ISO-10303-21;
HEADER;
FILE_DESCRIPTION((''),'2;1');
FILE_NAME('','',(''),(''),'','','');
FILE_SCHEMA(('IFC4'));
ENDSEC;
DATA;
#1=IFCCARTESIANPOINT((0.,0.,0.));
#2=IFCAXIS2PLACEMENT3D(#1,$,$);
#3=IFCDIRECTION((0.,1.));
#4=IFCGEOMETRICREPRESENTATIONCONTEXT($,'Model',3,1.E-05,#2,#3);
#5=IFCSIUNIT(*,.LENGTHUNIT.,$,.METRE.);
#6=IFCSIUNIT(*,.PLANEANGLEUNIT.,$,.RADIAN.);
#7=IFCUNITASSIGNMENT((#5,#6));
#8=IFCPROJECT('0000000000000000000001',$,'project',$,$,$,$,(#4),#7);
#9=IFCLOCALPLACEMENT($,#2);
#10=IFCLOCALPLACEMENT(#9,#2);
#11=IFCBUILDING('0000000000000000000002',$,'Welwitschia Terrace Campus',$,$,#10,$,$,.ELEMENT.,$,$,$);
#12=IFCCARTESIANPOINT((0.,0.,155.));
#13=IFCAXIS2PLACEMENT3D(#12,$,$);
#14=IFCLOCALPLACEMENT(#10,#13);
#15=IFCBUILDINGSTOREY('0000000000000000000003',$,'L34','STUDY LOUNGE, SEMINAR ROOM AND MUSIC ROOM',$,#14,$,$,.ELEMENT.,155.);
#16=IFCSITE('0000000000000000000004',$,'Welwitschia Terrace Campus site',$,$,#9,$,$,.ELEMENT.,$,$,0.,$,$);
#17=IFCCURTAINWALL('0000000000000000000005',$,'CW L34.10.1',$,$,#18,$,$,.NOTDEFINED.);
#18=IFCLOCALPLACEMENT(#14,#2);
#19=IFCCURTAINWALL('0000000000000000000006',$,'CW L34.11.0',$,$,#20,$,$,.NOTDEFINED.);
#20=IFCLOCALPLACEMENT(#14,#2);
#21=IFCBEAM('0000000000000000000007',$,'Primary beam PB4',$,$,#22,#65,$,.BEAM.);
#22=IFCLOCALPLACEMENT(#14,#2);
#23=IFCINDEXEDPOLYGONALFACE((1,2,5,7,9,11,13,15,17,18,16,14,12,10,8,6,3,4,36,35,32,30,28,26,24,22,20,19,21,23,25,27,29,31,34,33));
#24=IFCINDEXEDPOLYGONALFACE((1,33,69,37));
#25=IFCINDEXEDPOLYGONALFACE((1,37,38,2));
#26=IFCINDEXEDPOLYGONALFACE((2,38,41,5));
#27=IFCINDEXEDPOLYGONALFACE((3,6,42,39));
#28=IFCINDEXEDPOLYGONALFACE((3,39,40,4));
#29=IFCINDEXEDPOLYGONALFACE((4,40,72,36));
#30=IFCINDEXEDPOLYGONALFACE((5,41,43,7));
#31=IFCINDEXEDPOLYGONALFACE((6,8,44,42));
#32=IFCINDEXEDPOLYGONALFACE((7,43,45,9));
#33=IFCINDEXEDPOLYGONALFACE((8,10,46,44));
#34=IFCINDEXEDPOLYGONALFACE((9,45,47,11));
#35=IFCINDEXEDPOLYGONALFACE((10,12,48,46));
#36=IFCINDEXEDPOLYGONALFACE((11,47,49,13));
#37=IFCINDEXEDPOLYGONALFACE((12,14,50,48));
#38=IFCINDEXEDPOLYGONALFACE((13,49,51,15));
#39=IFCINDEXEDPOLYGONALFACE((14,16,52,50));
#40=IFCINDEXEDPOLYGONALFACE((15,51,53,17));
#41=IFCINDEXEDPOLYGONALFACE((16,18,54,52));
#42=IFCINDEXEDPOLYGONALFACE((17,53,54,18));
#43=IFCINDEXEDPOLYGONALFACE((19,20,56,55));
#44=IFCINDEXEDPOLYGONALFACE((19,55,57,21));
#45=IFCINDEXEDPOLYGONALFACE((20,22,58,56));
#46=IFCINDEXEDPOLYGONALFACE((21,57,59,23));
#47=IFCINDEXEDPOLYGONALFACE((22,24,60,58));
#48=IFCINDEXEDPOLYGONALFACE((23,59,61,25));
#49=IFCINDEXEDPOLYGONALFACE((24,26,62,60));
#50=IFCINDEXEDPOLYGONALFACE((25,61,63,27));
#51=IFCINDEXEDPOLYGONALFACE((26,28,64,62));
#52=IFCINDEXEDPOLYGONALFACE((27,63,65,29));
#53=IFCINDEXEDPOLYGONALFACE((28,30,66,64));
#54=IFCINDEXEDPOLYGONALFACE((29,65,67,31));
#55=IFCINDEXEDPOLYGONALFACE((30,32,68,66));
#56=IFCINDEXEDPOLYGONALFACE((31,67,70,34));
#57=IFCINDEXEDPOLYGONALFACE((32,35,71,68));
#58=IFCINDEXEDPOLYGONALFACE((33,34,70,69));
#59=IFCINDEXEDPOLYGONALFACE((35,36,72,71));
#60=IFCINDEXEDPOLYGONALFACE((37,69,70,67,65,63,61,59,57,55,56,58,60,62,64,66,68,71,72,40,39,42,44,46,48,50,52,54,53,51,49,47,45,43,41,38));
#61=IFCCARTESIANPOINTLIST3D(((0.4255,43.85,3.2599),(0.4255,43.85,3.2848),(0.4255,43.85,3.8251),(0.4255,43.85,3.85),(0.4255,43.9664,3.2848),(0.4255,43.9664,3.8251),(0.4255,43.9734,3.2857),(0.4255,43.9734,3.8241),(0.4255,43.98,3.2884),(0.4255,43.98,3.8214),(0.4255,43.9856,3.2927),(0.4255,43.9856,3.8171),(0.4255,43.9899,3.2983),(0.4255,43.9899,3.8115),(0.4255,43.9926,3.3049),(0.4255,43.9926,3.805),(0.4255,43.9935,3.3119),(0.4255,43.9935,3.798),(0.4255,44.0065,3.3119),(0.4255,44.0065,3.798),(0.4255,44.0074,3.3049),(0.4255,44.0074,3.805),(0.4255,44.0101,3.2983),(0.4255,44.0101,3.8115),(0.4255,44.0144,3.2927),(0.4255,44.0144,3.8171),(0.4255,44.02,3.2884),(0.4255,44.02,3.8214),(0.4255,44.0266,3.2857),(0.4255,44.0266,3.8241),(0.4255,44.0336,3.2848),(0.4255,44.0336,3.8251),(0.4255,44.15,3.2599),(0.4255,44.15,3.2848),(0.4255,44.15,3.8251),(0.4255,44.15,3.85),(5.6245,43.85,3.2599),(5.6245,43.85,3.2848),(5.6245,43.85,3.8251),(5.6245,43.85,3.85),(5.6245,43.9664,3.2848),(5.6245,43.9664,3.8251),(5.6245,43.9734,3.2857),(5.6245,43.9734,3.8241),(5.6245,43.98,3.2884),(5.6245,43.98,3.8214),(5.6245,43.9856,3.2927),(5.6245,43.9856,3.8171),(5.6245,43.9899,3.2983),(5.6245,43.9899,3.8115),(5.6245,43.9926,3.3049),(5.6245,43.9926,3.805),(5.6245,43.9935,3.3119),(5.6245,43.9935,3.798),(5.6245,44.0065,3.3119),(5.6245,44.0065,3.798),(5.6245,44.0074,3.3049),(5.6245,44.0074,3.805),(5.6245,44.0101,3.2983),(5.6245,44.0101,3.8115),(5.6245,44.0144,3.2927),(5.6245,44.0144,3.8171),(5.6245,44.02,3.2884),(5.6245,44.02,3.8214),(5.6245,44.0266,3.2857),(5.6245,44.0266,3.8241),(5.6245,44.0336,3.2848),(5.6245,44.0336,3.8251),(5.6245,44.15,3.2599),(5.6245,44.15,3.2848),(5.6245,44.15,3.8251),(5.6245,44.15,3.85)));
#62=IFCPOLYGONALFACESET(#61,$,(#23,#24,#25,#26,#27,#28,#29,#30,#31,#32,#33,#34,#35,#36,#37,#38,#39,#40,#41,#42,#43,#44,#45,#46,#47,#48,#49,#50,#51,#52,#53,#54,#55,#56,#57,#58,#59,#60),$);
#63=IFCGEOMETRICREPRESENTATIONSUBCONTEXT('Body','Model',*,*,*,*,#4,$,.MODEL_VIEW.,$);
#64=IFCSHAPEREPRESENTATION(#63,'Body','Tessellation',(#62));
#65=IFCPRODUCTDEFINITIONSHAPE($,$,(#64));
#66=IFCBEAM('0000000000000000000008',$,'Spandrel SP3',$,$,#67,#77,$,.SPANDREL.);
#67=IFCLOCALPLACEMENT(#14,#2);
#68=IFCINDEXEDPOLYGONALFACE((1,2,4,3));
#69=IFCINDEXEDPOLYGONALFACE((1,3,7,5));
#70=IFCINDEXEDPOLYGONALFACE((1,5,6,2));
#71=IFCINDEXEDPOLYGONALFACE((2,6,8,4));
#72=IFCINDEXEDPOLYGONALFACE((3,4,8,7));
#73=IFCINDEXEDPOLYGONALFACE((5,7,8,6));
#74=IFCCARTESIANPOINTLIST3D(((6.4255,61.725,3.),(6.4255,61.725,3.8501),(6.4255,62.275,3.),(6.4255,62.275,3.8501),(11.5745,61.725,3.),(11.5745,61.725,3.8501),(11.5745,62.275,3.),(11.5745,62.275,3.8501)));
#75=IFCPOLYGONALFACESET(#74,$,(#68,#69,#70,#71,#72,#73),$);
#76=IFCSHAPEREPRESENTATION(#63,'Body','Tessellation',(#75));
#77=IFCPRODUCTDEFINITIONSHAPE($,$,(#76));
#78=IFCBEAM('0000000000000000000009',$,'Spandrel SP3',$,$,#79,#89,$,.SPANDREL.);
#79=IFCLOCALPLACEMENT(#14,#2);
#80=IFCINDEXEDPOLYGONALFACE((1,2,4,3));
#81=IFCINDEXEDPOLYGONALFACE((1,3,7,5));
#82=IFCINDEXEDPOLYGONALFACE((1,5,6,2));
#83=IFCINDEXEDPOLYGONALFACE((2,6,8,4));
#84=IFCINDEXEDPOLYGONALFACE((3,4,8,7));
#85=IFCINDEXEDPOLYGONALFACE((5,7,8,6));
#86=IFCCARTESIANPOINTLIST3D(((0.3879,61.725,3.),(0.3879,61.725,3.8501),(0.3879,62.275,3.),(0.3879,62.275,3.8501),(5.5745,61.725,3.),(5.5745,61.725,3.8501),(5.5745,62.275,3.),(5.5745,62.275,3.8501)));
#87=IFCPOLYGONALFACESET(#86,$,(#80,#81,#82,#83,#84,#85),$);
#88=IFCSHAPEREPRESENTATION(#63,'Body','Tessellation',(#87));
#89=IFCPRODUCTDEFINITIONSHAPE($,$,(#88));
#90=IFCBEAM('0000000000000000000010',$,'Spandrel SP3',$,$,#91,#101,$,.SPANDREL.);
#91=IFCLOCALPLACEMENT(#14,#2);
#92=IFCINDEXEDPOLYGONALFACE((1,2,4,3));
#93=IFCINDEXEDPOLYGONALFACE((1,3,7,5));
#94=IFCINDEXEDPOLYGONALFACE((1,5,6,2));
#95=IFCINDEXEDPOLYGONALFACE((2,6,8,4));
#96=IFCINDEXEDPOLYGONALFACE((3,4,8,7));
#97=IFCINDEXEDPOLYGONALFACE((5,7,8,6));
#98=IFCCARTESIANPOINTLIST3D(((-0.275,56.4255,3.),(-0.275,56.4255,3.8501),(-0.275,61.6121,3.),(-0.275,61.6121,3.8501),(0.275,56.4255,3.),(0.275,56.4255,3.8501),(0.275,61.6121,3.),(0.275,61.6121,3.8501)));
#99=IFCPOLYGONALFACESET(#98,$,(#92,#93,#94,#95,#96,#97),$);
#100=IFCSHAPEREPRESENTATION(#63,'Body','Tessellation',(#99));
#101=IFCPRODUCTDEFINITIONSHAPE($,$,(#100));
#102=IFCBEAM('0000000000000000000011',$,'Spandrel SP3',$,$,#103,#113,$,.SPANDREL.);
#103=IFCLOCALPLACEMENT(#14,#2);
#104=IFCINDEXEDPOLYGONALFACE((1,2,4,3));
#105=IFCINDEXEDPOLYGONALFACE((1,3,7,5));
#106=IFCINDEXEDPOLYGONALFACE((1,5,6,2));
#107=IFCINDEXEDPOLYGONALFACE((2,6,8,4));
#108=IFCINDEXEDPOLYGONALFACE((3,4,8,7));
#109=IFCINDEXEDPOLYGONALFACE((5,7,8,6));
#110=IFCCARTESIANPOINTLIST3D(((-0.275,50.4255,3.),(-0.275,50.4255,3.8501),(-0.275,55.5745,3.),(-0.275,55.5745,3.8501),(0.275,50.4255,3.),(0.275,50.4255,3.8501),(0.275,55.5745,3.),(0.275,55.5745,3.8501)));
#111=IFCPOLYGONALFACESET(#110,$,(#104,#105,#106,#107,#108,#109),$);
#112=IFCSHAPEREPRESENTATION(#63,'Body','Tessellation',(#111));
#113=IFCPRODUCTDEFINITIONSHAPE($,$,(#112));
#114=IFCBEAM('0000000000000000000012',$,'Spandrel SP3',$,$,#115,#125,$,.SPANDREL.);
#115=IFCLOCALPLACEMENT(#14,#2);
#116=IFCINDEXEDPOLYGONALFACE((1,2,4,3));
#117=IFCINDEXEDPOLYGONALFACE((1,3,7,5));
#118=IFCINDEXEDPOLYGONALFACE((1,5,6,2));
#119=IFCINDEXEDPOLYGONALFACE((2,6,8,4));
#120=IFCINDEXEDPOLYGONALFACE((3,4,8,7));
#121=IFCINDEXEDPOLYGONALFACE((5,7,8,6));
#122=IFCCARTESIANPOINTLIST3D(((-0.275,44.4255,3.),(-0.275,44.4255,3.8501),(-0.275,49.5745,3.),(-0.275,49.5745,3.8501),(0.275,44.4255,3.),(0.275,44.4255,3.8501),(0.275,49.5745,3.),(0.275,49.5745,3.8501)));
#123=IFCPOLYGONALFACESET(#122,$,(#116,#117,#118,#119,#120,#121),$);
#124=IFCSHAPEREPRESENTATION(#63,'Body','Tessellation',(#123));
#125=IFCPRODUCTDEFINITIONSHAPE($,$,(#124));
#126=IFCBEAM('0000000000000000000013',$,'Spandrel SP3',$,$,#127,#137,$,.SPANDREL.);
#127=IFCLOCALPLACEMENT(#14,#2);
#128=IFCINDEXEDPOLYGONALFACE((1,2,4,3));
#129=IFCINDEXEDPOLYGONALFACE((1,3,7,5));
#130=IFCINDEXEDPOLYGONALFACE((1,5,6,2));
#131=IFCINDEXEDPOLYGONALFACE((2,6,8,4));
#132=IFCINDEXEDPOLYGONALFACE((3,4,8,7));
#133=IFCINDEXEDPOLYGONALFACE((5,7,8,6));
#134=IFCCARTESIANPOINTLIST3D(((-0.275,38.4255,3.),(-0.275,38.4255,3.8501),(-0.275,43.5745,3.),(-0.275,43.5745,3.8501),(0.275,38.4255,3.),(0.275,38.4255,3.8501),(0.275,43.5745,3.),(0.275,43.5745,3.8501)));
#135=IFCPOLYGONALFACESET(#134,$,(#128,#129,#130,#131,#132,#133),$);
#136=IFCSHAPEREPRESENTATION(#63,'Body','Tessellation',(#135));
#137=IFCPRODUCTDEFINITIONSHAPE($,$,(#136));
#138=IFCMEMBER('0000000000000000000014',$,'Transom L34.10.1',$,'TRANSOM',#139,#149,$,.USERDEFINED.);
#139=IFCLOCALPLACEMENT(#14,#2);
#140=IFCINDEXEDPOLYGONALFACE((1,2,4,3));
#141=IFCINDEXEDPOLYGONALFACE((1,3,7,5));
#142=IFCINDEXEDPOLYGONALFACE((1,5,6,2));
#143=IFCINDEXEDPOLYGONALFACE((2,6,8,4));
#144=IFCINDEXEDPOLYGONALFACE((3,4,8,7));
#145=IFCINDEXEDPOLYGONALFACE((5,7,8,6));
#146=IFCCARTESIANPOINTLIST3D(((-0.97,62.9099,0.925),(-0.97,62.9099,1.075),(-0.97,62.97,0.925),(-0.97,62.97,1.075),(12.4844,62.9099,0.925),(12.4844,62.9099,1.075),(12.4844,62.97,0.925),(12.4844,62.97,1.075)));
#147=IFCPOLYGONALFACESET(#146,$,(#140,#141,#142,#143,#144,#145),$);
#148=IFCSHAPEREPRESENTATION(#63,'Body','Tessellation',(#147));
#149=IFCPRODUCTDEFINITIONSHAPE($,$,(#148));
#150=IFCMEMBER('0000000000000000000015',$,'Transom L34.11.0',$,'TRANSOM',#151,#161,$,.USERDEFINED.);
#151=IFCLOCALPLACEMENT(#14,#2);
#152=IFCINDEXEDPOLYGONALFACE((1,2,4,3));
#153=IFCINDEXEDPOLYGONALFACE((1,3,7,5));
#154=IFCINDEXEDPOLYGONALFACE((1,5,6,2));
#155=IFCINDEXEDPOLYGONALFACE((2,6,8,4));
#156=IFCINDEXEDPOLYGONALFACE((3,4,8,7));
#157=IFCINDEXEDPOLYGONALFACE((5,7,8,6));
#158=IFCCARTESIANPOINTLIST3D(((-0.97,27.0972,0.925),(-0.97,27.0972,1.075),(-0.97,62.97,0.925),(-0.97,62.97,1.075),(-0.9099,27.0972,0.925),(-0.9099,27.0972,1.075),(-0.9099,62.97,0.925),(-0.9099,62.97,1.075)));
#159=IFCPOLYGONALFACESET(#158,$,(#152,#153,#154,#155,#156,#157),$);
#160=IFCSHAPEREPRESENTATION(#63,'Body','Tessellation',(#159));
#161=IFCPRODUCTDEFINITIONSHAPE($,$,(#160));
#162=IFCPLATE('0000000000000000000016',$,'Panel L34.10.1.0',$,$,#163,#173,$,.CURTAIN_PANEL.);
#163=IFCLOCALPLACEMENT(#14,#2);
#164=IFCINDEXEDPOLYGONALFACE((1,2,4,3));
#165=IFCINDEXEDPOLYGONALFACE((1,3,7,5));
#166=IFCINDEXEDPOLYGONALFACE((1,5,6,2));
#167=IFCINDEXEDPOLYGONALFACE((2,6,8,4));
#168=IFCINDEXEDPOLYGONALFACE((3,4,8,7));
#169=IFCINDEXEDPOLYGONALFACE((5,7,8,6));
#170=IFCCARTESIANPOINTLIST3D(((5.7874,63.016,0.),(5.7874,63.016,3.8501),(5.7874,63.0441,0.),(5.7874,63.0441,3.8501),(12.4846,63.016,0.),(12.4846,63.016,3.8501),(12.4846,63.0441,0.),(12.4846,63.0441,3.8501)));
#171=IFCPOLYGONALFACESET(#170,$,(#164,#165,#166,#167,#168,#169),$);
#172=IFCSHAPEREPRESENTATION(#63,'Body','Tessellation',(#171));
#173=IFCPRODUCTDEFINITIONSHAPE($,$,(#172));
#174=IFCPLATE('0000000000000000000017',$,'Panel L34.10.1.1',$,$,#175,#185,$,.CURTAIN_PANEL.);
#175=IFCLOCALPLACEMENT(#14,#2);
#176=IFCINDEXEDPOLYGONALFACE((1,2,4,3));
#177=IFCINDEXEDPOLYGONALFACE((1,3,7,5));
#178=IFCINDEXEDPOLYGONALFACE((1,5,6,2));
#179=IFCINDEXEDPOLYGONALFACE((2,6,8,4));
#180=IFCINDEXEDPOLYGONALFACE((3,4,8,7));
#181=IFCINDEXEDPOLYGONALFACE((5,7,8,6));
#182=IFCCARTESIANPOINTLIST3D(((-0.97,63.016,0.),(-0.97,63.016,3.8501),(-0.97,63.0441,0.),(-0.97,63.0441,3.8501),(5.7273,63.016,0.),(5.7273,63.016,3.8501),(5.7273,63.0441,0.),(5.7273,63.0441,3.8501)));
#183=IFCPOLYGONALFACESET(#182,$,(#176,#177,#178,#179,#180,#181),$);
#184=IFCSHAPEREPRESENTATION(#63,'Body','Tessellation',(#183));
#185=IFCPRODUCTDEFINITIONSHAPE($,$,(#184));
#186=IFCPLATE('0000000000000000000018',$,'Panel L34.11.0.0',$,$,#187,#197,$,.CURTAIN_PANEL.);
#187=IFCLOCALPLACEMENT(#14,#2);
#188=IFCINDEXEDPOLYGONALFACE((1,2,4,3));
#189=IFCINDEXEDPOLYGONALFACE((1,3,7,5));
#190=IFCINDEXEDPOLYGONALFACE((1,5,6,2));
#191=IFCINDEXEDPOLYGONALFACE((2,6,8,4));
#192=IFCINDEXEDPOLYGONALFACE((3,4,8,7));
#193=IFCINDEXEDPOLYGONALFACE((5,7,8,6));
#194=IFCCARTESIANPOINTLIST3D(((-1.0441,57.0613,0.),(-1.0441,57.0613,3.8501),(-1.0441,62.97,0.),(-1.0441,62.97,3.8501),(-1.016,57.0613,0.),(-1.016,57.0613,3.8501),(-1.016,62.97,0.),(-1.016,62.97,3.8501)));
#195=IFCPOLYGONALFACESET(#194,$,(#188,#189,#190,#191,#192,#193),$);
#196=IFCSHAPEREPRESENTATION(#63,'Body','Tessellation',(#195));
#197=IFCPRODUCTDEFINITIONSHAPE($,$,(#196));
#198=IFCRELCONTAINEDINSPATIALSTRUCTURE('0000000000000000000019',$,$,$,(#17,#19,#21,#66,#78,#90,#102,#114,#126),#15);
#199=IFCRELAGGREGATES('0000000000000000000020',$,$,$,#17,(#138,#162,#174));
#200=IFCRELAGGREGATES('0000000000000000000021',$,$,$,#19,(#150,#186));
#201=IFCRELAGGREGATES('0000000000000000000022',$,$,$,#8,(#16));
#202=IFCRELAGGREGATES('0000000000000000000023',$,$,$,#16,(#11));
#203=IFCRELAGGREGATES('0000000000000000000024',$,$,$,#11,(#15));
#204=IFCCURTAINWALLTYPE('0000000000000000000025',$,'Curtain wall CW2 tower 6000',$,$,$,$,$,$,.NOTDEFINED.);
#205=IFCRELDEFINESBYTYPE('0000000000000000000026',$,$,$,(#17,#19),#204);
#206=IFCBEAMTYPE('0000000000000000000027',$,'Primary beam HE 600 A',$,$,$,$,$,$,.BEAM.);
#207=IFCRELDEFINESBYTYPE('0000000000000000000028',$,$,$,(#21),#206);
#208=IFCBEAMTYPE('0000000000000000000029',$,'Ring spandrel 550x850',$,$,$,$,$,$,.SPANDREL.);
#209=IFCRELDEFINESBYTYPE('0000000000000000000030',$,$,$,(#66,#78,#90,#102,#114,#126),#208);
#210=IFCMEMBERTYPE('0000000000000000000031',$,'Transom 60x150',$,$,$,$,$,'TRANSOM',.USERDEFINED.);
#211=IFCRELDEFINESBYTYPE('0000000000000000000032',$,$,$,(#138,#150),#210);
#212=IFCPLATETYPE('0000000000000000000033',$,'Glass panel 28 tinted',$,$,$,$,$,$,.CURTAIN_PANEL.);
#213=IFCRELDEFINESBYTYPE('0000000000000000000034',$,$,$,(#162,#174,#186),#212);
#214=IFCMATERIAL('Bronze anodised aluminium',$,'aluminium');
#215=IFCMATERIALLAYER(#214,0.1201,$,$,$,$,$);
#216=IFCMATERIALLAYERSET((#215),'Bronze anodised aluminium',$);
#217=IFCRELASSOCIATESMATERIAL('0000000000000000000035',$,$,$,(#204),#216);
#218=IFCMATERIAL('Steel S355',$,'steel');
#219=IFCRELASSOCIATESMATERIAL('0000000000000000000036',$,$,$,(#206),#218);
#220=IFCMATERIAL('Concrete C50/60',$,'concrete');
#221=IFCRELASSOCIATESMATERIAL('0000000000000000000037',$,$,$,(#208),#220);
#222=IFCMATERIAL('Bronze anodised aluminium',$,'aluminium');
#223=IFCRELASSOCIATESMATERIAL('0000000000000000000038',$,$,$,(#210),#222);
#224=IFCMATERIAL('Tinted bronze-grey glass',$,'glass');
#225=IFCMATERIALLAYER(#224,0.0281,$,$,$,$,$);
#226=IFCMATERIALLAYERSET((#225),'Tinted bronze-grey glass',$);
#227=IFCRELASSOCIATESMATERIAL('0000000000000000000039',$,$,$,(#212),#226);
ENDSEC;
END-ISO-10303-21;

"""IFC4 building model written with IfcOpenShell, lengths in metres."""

from ifc_helpers import new_model, si_unit, direction, frame, origin, origin_2d, place, context, subcontext, project, spatial, rectangle, i_section, extrude, material, layer, layer_set, material_profile, profile_set, type_object, element, aggregate, save


model = new_model("IFC4")

# Units and contexts
model_context = context("Model", 3, precision=1e-05, world=origin(), true_north=direction((0.0, 1.0)))
body_context = subcontext(model_context, "Body", "Model", "MODEL_VIEW")
ifc_project = project(units=[si_unit("LENGTHUNIT", "METRE"), si_unit("PLANEANGLEUNIT", "RADIAN")], contexts=[model_context])

# Site, building, storey
site_placement = place(None, origin())
site = spatial("IfcSite", under=ifc_project, at=site_placement, Name="Welwitschia Terrace Campus site", CompositionType="ELEMENT", RefElevation=0.0)
building_placement = place(site_placement, origin())
building = spatial("IfcBuilding", under=site, at=building_placement, Name="Welwitschia Terrace Campus", CompositionType="ELEMENT")
storey_placement = place(building_placement, frame((0.0, 0.0, 155.0)))
storey = spatial("IfcBuildingStorey", under=building, at=storey_placement, Name="L34", Description="STUDY LOUNGE, SEMINAR ROOM AND MUSIC ROOM", CompositionType="ELEMENT", Elevation=155.0)

# Curtain walls
ifc_material_1 = material(Name="Bronze anodised aluminium", Category="aluminium")
ifc_layer_1 = layer(ifc_material_1, 0.1201)
ifc_layer_set_1 = layer_set([ifc_layer_1], Name="Bronze anodised aluminium")
curtain_wall_type = type_object("IfcCurtainWallType", Name="Curtain wall CW2 tower 6000", PredefinedType="NOTDEFINED", material=ifc_layer_set_1)
curtain_wall_1_placement = place(storey_placement, origin())
curtain_wall_1 = element("IfcCurtainWall", 1, at=curtain_wall_1_placement, inside=storey, type_object=curtain_wall_type, Name="CW L34.10.1", PredefinedType="NOTDEFINED")
curtain_wall_2_placement = place(storey_placement, origin())
curtain_wall_2 = element("IfcCurtainWall", 2, at=curtain_wall_2_placement, inside=storey, type_object=curtain_wall_type, Name="CW L34.11.0", PredefinedType="NOTDEFINED")

# Beams
ifc_material_2 = material(Name="Steel S355", Category="steel")
ifc_material_profile_1 = material_profile(ifc_material_2, i_section(OverallWidth=0.3, OverallDepth=0.5901, WebThickness=0.0129, FlangeThickness=0.0249, FilletRadius=0.0271, at=origin_2d()))
ifc_profile_set_1 = profile_set([ifc_material_profile_1], Name="Steel S355")
beam_type_1 = type_object("IfcBeamType", Name="Primary beam HE 600 A", PredefinedType="BEAM", material=ifc_profile_set_1)
for number, where, z_axis, x_axis, name in (
    (3, (0.4255, 44.0, 3.5549), (1.0, 0.0, 0.0), (0.0, 1.0, 0.0), "Primary beam PB4"),
):
    element("IfcBeam", number, at=place(storey_placement, frame(where, z_axis=z_axis, x_axis=x_axis)), inside=storey, type_object=beam_type_1, Name=name, PredefinedType="BEAM", context=body_context, shape_type="SweptSolid", body=[
        extrude(i_section(OverallWidth=0.3, OverallDepth=0.5901, WebThickness=0.0129, FlangeThickness=0.0249, FilletRadius=0.0271, at=origin_2d()), origin(), (0.0, 0.0, 1.0), 5.199),
    ])
ifc_material_3 = material(Name="Concrete C50/60", Category="concrete")
ifc_material_profile_2 = material_profile(ifc_material_3, rectangle(XDim=0.55, YDim=0.8501, at=origin_2d()))
ifc_profile_set_2 = profile_set([ifc_material_profile_2], Name="Concrete C50/60")
beam_type_2 = type_object("IfcBeamType", Name="Ring spandrel 550x850", PredefinedType="SPANDREL", material=ifc_profile_set_2)
beam_1_placement = place(storey_placement, frame((11.5745, 62.0, 3.425), z_axis=(-1.0, 0.0, 0.0), x_axis=(0.0, -1.0, 0.0)))
element("IfcBeam", 4, at=beam_1_placement, inside=storey, type_object=beam_type_2, Name="Spandrel SP3", PredefinedType="SPANDREL", context=body_context, shape_type="SweptSolid", body=[
    extrude(rectangle(XDim=0.55, YDim=0.8501, at=origin_2d()), origin(), (0.0, 0.0, 1.0), 5.1489),
])
for number, where, z_axis, x_axis, name in (
    (5, (5.5745, 62.0, 3.425), (-1.0, 0.0, 0.0), (0.0, -1.0, 0.0), "Spandrel SP3"),
    (6, (0.0, 61.6121, 3.425), (0.0, -1.0, 0.0), (1.0, 0.0, 0.0), "Spandrel SP3"),
):
    element("IfcBeam", number, at=place(storey_placement, frame(where, z_axis=z_axis, x_axis=x_axis)), inside=storey, type_object=beam_type_2, Name=name, PredefinedType="SPANDREL", context=body_context, shape_type="SweptSolid", body=[
        extrude(rectangle(XDim=0.55, YDim=0.8501, at=origin_2d()), origin(), (0.0, 0.0, 1.0), 5.1865),
    ])
for number, where, z_axis, x_axis, name in (
    (7, (0.0, 55.5745, 3.425), (0.0, -1.0, 0.0), (1.0, 0.0, 0.0), "Spandrel SP3"),
    (8, (0.0, 49.5745, 3.425), (0.0, -1.0, 0.0), (1.0, 0.0, 0.0), "Spandrel SP3"),
    (9, (0.0, 43.5745, 3.425), (0.0, -1.0, 0.0), (1.0, 0.0, 0.0), "Spandrel SP3"),
):
    element("IfcBeam", number, at=place(storey_placement, frame(where, z_axis=z_axis, x_axis=x_axis)), inside=storey, type_object=beam_type_2, Name=name, PredefinedType="SPANDREL", context=body_context, shape_type="SweptSolid", body=[
        extrude(rectangle(XDim=0.55, YDim=0.8501, at=origin_2d()), origin(), (0.0, 0.0, 1.0), 5.1489),
    ])

# Members
ifc_material_4 = material(Name="Bronze anodised aluminium", Category="aluminium")
ifc_material_profile_3 = material_profile(ifc_material_4, rectangle(XDim=0.0601, YDim=0.1499, at=origin_2d()))
ifc_profile_set_3 = profile_set([ifc_material_profile_3], Name="Bronze anodised aluminium")
member_type_1 = type_object("IfcMemberType", Name="Transom 60x150", ElementType="TRANSOM", PredefinedType="USERDEFINED", material=ifc_profile_set_3)
member_1_placement = place(storey_placement, frame((12.4844, 62.9399, 1.0), z_axis=(-1.0, 0.0, 0.0), x_axis=(0.0, -1.0, 0.0)))
member_1 = element("IfcMember", 10, at=member_1_placement, type_object=member_type_1, Name="Transom L34.10.1", ObjectType="TRANSOM", PredefinedType="USERDEFINED", context=body_context, shape_type="SweptSolid", body=[
    extrude(rectangle(XDim=0.0601, YDim=0.1499, at=origin_2d()), origin(), (0.0, 0.0, 1.0), 13.4543),
])
member_2_placement = place(storey_placement, frame((-0.9399, 62.97, 1.0), z_axis=(0.0, -1.0, 0.0), x_axis=(1.0, 0.0, 0.0)))
member_2 = element("IfcMember", 11, at=member_2_placement, type_object=member_type_1, Name="Transom L34.11.0", ObjectType="TRANSOM", PredefinedType="USERDEFINED", context=body_context, shape_type="SweptSolid", body=[
    extrude(rectangle(XDim=0.0601, YDim=0.1499, at=origin_2d()), origin(), (0.0, 0.0, 1.0), 35.8728),
])

# Plates
ifc_material_5 = material(Name="Tinted bronze-grey glass", Category="glass")
ifc_layer_2 = layer(ifc_material_5, 0.0281)
ifc_layer_set_2 = layer_set([ifc_layer_2], Name="Tinted bronze-grey glass")
plate_type = type_object("IfcPlateType", Name="Glass panel 28 tinted", PredefinedType="CURTAIN_PANEL", material=ifc_layer_set_2)
plate_1_placement = place(storey_placement, frame((9.136, 63.03, 0.0), z_axis=(0.0, 0.0, 1.0), x_axis=(-1.0, 0.0, 0.0)))
plate_1 = element("IfcPlate", 12, at=plate_1_placement, type_object=plate_type, Name="Panel L34.10.1.0", PredefinedType="CURTAIN_PANEL", context=body_context, shape_type="SweptSolid", body=[
    extrude(rectangle(XDim=6.6973, YDim=0.0281, at=origin_2d()), origin(), (0.0, 0.0, 1.0), 3.8501),
])
plate_2_placement = place(storey_placement, frame((2.3787, 63.03, 0.0), z_axis=(0.0, 0.0, 1.0), x_axis=(-1.0, 0.0, 0.0)))
plate_2 = element("IfcPlate", 13, at=plate_2_placement, type_object=plate_type, Name="Panel L34.10.1.1", PredefinedType="CURTAIN_PANEL", context=body_context, shape_type="SweptSolid", body=[
    extrude(rectangle(XDim=6.6973, YDim=0.0281, at=origin_2d()), origin(), (0.0, 0.0, 1.0), 3.8501),
])
aggregate(curtain_wall_1, [member_1, plate_1, plate_2])
plate_3_placement = place(storey_placement, frame((-1.03, 60.0156, 0.0), z_axis=(0.0, 0.0, 1.0), x_axis=(0.0, -1.0, 0.0)))
plate_3 = element("IfcPlate", 14, at=plate_3_placement, type_object=plate_type, Name="Panel L34.11.0.0", PredefinedType="CURTAIN_PANEL", context=body_context, shape_type="SweptSolid", body=[
    extrude(rectangle(XDim=5.9087, YDim=0.0281, at=origin_2d()), origin(), (0.0, 0.0, 1.0), 3.8501),
])
aggregate(curtain_wall_2, [member_2, plate_3])

save(model, "model.ifc")
